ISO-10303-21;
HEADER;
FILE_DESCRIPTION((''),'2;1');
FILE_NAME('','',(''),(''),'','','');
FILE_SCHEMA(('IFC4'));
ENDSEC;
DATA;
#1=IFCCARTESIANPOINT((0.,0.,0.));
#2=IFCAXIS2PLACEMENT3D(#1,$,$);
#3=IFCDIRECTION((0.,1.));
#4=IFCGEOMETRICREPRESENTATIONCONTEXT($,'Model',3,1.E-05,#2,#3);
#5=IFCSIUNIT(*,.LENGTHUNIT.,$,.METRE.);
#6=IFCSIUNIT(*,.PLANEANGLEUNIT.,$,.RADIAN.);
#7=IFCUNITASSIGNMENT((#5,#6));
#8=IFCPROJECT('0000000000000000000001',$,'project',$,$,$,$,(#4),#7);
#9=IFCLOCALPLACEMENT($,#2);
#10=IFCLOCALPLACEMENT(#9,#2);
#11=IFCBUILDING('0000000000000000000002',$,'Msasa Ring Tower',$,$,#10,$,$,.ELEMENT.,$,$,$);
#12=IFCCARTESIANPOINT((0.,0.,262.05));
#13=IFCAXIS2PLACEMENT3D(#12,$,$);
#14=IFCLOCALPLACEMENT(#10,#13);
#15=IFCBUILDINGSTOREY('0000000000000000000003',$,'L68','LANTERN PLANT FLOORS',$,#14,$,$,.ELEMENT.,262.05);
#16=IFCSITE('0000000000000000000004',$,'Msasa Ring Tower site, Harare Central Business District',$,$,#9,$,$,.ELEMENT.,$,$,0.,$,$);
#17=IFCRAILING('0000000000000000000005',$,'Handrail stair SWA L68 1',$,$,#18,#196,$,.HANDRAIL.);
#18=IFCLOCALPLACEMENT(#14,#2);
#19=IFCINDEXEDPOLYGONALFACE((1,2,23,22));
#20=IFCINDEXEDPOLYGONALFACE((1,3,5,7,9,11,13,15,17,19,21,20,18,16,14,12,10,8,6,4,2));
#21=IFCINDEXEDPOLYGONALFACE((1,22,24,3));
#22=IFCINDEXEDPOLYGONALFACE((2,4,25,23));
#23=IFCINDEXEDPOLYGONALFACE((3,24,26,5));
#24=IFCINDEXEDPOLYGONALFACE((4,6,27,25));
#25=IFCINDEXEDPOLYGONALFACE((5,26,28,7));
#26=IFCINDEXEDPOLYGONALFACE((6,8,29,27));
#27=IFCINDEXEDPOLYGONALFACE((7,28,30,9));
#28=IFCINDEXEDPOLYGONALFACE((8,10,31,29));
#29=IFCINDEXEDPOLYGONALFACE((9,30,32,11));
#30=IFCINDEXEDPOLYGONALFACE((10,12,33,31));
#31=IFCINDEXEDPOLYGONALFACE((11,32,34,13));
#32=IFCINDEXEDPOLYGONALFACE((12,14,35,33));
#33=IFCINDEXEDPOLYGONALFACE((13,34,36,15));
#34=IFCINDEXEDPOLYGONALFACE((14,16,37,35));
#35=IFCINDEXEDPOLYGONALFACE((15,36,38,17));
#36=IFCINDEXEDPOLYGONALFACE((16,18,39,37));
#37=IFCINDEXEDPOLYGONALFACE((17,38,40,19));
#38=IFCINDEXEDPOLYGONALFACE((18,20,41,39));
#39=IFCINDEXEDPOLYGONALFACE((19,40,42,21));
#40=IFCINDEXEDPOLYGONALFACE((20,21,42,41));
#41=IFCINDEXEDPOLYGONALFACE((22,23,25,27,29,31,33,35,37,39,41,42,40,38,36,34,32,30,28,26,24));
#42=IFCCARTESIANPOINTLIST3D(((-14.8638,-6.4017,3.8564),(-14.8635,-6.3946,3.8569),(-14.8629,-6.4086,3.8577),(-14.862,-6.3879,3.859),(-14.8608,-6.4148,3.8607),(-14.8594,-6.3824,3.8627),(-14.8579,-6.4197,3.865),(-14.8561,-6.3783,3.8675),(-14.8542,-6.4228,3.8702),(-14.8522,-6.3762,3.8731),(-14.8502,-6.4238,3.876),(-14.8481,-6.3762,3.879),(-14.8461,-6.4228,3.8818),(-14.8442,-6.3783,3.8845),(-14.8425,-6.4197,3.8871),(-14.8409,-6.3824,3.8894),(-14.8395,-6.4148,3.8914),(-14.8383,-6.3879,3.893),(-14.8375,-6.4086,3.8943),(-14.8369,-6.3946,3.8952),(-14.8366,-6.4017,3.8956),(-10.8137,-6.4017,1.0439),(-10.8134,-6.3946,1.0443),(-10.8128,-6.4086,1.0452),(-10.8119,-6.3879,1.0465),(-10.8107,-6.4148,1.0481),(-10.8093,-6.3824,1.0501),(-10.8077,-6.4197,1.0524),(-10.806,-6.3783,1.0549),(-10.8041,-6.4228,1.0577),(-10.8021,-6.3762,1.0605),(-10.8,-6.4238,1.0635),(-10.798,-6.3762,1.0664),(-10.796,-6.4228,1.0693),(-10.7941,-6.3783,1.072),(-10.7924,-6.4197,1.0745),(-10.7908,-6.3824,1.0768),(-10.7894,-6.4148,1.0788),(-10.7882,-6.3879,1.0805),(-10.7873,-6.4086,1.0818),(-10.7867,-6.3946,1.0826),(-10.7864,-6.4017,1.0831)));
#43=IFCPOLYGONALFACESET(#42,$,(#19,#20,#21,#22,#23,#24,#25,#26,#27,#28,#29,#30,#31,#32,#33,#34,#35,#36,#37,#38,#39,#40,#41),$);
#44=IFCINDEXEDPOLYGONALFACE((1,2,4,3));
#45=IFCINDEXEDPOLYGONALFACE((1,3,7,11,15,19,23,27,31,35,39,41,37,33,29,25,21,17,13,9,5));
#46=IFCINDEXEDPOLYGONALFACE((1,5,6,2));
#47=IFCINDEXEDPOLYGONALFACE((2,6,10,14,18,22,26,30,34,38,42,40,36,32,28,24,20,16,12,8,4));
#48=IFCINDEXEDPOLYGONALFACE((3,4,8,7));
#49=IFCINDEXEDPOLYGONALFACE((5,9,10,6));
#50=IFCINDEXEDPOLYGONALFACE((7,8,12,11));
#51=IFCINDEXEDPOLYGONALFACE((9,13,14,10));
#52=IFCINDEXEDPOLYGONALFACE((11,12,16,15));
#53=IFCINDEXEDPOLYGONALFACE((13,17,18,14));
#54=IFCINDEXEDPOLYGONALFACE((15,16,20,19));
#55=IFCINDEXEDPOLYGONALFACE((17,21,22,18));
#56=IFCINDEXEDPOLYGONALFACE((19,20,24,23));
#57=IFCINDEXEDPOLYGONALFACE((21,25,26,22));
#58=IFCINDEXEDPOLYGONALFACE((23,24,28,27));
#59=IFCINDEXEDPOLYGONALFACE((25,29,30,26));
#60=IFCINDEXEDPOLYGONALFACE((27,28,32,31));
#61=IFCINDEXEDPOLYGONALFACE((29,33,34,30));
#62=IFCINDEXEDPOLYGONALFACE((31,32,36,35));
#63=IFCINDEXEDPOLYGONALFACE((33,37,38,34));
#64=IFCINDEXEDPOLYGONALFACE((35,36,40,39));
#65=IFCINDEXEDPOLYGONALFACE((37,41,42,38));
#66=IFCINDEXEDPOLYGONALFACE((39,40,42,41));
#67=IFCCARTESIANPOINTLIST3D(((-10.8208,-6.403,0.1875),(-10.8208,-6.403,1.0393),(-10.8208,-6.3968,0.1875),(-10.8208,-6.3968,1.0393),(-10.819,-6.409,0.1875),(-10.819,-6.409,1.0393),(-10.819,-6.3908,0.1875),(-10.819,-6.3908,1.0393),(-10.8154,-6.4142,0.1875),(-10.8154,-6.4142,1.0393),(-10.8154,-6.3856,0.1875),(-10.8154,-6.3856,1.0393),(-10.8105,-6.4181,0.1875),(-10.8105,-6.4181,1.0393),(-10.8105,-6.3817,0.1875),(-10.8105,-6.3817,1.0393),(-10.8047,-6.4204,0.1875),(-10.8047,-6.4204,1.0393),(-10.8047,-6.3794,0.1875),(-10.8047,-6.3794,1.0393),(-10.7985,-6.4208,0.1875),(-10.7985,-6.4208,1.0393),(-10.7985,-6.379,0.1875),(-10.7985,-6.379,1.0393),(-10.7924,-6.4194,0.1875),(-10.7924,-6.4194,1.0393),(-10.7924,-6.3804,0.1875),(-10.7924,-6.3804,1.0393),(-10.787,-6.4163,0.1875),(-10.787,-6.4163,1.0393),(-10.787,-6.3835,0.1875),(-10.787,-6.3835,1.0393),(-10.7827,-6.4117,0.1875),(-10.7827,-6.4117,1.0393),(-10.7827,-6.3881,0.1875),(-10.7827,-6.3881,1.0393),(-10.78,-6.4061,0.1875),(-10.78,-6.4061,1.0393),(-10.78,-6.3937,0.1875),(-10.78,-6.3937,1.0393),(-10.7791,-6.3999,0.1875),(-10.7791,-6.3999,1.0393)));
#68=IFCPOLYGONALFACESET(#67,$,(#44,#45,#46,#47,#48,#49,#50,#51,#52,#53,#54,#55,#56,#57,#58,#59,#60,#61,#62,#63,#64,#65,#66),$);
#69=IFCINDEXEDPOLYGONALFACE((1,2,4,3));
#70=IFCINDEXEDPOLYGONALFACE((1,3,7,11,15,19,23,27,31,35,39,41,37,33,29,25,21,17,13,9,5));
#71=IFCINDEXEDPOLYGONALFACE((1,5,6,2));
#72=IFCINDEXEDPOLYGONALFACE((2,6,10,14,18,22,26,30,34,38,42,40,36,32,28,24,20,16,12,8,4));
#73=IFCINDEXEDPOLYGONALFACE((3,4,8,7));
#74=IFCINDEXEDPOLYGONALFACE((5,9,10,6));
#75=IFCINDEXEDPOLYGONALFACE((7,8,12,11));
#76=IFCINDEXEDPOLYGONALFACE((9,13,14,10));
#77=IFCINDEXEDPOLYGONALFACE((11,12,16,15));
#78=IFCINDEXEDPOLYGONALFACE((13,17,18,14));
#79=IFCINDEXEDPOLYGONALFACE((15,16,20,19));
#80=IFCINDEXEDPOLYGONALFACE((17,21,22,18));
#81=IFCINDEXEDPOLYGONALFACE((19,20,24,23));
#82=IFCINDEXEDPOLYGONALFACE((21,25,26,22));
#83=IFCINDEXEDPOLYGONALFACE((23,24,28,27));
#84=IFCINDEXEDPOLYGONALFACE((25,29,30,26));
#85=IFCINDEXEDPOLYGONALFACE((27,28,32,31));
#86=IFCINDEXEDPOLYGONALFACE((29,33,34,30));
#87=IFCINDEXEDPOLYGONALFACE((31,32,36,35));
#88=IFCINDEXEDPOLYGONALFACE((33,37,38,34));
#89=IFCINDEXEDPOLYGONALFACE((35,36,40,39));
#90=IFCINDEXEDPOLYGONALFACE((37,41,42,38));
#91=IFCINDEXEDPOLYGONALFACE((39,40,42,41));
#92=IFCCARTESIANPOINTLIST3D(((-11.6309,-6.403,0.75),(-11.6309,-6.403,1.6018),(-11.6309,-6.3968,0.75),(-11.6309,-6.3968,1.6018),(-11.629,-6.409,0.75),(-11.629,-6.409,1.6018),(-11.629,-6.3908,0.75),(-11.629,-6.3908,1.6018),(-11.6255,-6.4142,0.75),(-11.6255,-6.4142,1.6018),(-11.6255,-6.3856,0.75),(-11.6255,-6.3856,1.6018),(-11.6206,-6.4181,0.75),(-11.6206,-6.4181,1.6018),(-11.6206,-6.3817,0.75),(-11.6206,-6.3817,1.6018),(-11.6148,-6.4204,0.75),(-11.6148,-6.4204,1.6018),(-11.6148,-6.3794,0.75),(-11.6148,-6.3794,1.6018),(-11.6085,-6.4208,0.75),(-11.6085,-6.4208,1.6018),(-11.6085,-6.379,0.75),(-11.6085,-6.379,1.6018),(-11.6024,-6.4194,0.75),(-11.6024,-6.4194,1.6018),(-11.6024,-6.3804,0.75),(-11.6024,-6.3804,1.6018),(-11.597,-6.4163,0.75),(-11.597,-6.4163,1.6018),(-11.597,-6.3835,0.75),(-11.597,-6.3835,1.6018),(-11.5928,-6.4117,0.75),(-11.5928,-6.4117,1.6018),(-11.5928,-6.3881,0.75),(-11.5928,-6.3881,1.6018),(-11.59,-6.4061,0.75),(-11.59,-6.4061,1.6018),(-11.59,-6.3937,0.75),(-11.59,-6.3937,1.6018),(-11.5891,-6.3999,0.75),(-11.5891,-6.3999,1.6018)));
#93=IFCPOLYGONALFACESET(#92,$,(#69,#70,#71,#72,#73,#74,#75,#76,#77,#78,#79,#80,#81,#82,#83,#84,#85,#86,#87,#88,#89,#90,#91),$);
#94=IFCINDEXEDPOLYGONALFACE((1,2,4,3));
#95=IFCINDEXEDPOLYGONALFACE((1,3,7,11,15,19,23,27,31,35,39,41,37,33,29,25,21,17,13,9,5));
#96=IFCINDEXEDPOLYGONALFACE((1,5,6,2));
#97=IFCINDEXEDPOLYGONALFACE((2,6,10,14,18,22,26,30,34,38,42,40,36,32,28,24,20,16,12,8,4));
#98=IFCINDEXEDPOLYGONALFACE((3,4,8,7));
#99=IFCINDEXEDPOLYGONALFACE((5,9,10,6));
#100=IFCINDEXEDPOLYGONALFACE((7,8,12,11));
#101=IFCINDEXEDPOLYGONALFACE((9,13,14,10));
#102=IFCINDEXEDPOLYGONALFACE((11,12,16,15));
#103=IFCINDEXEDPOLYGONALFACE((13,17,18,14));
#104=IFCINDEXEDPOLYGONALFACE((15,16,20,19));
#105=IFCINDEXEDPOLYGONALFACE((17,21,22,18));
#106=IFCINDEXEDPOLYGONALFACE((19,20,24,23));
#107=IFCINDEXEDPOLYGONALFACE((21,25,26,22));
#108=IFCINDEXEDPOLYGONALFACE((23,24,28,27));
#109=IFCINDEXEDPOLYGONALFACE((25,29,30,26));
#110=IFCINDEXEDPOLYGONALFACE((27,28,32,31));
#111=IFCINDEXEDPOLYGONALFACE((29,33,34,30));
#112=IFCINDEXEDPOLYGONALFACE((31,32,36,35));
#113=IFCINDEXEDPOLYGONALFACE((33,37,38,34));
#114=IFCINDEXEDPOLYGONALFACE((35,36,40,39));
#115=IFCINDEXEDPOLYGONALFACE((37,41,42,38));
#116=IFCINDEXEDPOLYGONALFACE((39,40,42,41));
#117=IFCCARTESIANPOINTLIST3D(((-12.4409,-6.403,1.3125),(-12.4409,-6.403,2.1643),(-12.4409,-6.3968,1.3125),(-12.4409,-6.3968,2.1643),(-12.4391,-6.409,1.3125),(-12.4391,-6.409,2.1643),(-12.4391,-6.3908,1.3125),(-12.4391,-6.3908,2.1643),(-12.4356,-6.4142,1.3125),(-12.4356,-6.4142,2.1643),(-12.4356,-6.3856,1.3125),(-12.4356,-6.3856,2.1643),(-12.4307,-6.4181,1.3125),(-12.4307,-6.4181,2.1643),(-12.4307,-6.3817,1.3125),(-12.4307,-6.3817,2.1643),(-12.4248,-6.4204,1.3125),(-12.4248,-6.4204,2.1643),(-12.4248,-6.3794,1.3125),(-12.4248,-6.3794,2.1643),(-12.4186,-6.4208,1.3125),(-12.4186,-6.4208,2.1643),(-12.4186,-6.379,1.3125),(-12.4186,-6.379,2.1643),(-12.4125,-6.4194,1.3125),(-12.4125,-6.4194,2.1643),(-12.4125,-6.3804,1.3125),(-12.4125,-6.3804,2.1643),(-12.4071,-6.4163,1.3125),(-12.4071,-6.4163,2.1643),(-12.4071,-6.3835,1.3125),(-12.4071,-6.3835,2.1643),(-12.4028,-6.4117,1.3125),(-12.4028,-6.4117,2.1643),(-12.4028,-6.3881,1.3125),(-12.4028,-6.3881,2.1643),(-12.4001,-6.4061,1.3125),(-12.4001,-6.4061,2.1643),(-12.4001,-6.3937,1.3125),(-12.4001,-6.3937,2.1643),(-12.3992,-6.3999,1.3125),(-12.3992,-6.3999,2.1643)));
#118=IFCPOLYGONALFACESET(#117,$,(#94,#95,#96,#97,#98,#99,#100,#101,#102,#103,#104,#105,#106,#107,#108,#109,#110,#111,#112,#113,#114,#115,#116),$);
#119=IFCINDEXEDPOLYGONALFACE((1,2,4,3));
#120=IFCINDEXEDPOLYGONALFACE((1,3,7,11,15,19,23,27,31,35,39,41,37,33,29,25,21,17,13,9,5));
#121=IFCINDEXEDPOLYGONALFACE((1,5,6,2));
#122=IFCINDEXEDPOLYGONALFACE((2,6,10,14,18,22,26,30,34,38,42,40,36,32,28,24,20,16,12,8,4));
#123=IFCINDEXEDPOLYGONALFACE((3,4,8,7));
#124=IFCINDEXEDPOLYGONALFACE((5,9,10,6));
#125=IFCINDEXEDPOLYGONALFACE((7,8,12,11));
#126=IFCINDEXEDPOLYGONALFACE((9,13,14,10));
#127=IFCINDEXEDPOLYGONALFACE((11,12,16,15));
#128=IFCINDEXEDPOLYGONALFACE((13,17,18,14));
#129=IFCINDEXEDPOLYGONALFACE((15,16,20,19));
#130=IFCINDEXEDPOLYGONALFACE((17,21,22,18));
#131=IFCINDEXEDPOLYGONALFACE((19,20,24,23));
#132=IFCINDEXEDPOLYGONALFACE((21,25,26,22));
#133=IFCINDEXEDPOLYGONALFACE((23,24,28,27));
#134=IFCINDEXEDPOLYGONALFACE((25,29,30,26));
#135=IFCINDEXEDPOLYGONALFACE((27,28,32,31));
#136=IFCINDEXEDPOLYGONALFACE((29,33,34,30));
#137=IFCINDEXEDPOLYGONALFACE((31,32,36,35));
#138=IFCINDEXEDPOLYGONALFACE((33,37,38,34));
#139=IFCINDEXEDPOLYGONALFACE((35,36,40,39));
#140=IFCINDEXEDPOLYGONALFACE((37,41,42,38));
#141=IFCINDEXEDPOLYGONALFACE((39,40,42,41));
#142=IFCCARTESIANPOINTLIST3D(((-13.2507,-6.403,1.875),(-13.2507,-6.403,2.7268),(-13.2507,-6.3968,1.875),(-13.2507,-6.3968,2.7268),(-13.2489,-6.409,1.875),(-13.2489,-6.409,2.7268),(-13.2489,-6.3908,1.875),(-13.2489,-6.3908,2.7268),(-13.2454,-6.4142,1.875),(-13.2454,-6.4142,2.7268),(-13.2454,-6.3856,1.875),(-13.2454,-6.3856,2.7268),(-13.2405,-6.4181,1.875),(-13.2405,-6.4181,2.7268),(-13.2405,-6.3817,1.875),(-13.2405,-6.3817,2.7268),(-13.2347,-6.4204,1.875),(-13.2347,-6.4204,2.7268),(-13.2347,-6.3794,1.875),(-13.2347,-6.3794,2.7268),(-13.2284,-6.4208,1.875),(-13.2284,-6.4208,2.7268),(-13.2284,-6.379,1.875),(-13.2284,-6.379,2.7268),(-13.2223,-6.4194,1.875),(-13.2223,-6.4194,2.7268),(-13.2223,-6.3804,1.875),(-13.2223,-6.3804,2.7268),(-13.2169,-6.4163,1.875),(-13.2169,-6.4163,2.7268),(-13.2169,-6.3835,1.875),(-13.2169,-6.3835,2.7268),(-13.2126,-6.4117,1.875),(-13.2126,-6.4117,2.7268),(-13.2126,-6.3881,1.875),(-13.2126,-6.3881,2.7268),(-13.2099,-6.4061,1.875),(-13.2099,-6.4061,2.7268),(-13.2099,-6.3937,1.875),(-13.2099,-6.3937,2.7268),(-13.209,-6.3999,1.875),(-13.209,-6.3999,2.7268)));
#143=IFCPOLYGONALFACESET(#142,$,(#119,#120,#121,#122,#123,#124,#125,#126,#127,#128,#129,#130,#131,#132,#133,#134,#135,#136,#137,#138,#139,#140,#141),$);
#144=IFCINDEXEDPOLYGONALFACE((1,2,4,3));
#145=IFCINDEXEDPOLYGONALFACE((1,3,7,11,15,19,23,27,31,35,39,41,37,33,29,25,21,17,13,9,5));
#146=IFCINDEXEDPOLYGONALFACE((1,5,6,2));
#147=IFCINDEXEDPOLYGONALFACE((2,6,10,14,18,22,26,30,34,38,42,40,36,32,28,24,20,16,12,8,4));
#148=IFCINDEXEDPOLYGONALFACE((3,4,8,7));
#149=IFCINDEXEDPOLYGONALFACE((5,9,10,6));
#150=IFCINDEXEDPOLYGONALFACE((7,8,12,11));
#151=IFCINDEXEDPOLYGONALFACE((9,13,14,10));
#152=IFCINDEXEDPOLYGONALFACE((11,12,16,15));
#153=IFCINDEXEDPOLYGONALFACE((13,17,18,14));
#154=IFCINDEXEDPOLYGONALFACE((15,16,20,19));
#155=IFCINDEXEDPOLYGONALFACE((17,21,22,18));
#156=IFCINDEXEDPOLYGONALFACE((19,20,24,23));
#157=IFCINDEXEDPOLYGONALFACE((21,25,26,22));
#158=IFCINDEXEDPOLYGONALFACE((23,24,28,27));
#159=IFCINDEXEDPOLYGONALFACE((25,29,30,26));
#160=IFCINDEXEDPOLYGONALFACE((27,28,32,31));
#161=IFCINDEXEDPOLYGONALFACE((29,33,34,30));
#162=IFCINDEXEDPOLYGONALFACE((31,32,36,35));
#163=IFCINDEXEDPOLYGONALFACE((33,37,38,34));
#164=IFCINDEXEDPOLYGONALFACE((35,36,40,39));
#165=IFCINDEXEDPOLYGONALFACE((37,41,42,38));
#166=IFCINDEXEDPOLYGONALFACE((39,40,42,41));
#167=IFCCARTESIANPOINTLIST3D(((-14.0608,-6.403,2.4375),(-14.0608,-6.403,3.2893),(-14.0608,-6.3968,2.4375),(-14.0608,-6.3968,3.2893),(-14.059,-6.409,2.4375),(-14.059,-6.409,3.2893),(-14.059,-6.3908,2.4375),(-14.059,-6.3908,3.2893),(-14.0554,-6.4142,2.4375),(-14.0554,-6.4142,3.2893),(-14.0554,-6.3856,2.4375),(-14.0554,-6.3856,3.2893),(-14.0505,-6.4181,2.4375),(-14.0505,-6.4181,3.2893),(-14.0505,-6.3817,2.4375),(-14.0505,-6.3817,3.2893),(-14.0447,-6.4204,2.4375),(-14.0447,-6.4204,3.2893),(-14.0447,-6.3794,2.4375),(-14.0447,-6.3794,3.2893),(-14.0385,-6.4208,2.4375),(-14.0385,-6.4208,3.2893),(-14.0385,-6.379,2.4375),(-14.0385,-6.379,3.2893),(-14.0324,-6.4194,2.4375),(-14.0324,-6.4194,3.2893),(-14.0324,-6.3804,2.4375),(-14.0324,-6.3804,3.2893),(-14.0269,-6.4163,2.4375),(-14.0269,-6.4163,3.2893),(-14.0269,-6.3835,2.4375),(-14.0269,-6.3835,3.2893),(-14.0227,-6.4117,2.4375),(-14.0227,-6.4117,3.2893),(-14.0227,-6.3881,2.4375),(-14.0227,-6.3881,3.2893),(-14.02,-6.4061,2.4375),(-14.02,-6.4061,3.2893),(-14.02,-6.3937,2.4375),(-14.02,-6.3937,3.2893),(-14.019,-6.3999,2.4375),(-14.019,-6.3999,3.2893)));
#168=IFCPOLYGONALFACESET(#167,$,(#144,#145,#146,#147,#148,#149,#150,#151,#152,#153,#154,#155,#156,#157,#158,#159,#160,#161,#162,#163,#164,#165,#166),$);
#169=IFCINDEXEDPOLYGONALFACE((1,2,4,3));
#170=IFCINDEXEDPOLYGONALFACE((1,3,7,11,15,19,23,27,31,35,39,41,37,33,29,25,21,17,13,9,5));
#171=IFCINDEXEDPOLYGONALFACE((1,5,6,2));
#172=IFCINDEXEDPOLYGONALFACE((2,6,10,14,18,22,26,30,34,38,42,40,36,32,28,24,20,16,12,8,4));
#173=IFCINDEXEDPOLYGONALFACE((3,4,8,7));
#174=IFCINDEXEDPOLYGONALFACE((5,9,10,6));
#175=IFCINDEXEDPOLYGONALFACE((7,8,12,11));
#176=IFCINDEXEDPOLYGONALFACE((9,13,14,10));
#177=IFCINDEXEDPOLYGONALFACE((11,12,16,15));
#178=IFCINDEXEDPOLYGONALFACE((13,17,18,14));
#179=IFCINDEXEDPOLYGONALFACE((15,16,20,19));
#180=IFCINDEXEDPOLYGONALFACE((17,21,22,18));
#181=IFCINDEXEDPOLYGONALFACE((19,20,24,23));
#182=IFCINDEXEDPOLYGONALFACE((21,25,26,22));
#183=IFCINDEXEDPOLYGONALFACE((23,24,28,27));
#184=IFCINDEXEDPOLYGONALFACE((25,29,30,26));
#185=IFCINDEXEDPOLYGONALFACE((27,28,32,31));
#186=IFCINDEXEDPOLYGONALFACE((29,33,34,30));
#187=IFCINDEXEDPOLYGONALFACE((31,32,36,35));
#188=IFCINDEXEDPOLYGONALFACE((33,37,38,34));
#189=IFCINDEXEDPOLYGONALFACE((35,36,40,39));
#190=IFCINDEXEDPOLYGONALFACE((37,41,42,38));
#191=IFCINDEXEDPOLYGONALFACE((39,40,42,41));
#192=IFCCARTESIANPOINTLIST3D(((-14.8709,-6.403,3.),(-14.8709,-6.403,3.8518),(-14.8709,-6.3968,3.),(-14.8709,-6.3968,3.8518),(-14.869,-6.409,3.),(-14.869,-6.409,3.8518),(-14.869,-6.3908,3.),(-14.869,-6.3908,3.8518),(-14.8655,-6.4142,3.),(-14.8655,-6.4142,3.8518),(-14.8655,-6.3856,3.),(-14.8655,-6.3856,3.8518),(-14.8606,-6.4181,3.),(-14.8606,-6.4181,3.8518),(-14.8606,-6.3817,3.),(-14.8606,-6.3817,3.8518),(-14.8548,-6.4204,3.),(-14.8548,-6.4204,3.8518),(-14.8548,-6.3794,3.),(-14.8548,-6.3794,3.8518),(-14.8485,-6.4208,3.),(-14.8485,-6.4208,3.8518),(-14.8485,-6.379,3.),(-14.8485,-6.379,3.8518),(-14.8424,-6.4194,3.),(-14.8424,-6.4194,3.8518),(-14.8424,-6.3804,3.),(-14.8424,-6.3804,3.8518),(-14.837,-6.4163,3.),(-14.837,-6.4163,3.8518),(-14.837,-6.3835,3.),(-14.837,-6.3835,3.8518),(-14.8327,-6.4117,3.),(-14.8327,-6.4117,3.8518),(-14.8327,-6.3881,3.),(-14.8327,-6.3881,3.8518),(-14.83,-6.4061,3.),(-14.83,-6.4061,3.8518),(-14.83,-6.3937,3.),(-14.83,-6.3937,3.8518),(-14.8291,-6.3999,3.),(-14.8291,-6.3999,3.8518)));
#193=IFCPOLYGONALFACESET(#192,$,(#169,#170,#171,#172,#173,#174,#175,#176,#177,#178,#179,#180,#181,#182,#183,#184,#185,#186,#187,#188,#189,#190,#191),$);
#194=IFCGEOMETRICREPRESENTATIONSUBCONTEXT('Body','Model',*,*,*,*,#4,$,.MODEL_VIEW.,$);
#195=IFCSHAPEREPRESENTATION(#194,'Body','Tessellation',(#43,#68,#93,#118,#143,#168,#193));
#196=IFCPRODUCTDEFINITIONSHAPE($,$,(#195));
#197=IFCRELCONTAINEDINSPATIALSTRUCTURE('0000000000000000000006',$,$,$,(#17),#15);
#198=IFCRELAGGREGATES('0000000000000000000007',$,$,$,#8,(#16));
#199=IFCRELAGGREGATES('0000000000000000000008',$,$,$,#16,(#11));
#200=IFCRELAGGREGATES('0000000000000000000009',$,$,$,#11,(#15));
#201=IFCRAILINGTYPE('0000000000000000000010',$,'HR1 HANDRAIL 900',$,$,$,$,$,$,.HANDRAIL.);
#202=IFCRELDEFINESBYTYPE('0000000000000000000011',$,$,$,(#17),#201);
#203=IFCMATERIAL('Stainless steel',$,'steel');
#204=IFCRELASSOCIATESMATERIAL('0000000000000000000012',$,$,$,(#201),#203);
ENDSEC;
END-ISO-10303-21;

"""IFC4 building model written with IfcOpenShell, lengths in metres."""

from ifc_helpers import new_model, si_unit, direction, frame, origin, origin_2d, place, context, subcontext, project, spatial, circle, extrude, material, type_object, element, save


model = new_model("IFC4")

# Units and contexts
model_context = context("Model", 3, precision=1e-05, world=origin(), true_north=direction((0.0, 1.0)))
body_context = subcontext(model_context, "Body", "Model", "MODEL_VIEW")
ifc_project = project(units=[si_unit("LENGTHUNIT", "METRE"), si_unit("PLANEANGLEUNIT", "RADIAN")], contexts=[model_context])

# Site, building, storey
site_placement = place(None, origin())
site = spatial("IfcSite", under=ifc_project, at=site_placement, Name="Msasa Ring Tower site, Harare Central Business District", CompositionType="ELEMENT", RefElevation=0.0)
building_placement = place(site_placement, origin())
building = spatial("IfcBuilding", under=site, at=building_placement, Name="Msasa Ring Tower", CompositionType="ELEMENT")
storey_placement = place(building_placement, frame((0.0, 0.0, 262.05)))
storey = spatial("IfcBuildingStorey", under=building, at=storey_placement, Name="L68", Description="LANTERN PLANT FLOORS", CompositionType="ELEMENT", Elevation=262.05)

# Railing
ifc_material_1 = material(Name="Stainless steel", Category="steel")
railing_type = type_object("IfcRailingType", Name="HR1 HANDRAIL 900", PredefinedType="HANDRAIL", material=ifc_material_1)
for number, where, name in (
    (1, (-10.8, -6.3999, 0.1875), "Handrail stair SWA L68 1"),
):
    element("IfcRailing", number, at=place(storey_placement, frame(where)), inside=storey, type_object=railing_type, Name=name, PredefinedType="HANDRAIL", context=body_context, shape_type="SweptSolid", body=[
        extrude(circle(Radius=0.0239, at=origin_2d()), frame((0.0, 0.0, 0.876), z_axis=(-0.821373, 0.0, 0.570391), x_axis=(0.0, -1.0, 0.0)), (0.0, 0.0, 1.0), 4.9309),
        extrude(circle(Radius=0.021, at=origin_2d()), origin(), (0.0, 0.0, 1.0), 0.8518),
        extrude(circle(Radius=0.021, at=origin_2d()), frame((-0.8101, 0.0, 0.5625)), (0.0, 0.0, 1.0), 0.8518),
        extrude(circle(Radius=0.021, at=origin_2d()), frame((-1.6201, 0.0, 1.125)), (0.0, 0.0, 1.0), 0.8518),
        extrude(circle(Radius=0.021, at=origin_2d()), frame((-2.4299, 0.0, 1.6875)), (0.0, 0.0, 1.0), 0.8518),
        extrude(circle(Radius=0.021, at=origin_2d()), frame((-3.24, 0.0, 2.25)), (0.0, 0.0, 1.0), 0.8518),
        extrude(circle(Radius=0.021, at=origin_2d()), frame((-4.05, 0.0, 2.8125)), (0.0, 0.0, 1.0), 0.8518),
    ])

save(model, "model.ifc")
